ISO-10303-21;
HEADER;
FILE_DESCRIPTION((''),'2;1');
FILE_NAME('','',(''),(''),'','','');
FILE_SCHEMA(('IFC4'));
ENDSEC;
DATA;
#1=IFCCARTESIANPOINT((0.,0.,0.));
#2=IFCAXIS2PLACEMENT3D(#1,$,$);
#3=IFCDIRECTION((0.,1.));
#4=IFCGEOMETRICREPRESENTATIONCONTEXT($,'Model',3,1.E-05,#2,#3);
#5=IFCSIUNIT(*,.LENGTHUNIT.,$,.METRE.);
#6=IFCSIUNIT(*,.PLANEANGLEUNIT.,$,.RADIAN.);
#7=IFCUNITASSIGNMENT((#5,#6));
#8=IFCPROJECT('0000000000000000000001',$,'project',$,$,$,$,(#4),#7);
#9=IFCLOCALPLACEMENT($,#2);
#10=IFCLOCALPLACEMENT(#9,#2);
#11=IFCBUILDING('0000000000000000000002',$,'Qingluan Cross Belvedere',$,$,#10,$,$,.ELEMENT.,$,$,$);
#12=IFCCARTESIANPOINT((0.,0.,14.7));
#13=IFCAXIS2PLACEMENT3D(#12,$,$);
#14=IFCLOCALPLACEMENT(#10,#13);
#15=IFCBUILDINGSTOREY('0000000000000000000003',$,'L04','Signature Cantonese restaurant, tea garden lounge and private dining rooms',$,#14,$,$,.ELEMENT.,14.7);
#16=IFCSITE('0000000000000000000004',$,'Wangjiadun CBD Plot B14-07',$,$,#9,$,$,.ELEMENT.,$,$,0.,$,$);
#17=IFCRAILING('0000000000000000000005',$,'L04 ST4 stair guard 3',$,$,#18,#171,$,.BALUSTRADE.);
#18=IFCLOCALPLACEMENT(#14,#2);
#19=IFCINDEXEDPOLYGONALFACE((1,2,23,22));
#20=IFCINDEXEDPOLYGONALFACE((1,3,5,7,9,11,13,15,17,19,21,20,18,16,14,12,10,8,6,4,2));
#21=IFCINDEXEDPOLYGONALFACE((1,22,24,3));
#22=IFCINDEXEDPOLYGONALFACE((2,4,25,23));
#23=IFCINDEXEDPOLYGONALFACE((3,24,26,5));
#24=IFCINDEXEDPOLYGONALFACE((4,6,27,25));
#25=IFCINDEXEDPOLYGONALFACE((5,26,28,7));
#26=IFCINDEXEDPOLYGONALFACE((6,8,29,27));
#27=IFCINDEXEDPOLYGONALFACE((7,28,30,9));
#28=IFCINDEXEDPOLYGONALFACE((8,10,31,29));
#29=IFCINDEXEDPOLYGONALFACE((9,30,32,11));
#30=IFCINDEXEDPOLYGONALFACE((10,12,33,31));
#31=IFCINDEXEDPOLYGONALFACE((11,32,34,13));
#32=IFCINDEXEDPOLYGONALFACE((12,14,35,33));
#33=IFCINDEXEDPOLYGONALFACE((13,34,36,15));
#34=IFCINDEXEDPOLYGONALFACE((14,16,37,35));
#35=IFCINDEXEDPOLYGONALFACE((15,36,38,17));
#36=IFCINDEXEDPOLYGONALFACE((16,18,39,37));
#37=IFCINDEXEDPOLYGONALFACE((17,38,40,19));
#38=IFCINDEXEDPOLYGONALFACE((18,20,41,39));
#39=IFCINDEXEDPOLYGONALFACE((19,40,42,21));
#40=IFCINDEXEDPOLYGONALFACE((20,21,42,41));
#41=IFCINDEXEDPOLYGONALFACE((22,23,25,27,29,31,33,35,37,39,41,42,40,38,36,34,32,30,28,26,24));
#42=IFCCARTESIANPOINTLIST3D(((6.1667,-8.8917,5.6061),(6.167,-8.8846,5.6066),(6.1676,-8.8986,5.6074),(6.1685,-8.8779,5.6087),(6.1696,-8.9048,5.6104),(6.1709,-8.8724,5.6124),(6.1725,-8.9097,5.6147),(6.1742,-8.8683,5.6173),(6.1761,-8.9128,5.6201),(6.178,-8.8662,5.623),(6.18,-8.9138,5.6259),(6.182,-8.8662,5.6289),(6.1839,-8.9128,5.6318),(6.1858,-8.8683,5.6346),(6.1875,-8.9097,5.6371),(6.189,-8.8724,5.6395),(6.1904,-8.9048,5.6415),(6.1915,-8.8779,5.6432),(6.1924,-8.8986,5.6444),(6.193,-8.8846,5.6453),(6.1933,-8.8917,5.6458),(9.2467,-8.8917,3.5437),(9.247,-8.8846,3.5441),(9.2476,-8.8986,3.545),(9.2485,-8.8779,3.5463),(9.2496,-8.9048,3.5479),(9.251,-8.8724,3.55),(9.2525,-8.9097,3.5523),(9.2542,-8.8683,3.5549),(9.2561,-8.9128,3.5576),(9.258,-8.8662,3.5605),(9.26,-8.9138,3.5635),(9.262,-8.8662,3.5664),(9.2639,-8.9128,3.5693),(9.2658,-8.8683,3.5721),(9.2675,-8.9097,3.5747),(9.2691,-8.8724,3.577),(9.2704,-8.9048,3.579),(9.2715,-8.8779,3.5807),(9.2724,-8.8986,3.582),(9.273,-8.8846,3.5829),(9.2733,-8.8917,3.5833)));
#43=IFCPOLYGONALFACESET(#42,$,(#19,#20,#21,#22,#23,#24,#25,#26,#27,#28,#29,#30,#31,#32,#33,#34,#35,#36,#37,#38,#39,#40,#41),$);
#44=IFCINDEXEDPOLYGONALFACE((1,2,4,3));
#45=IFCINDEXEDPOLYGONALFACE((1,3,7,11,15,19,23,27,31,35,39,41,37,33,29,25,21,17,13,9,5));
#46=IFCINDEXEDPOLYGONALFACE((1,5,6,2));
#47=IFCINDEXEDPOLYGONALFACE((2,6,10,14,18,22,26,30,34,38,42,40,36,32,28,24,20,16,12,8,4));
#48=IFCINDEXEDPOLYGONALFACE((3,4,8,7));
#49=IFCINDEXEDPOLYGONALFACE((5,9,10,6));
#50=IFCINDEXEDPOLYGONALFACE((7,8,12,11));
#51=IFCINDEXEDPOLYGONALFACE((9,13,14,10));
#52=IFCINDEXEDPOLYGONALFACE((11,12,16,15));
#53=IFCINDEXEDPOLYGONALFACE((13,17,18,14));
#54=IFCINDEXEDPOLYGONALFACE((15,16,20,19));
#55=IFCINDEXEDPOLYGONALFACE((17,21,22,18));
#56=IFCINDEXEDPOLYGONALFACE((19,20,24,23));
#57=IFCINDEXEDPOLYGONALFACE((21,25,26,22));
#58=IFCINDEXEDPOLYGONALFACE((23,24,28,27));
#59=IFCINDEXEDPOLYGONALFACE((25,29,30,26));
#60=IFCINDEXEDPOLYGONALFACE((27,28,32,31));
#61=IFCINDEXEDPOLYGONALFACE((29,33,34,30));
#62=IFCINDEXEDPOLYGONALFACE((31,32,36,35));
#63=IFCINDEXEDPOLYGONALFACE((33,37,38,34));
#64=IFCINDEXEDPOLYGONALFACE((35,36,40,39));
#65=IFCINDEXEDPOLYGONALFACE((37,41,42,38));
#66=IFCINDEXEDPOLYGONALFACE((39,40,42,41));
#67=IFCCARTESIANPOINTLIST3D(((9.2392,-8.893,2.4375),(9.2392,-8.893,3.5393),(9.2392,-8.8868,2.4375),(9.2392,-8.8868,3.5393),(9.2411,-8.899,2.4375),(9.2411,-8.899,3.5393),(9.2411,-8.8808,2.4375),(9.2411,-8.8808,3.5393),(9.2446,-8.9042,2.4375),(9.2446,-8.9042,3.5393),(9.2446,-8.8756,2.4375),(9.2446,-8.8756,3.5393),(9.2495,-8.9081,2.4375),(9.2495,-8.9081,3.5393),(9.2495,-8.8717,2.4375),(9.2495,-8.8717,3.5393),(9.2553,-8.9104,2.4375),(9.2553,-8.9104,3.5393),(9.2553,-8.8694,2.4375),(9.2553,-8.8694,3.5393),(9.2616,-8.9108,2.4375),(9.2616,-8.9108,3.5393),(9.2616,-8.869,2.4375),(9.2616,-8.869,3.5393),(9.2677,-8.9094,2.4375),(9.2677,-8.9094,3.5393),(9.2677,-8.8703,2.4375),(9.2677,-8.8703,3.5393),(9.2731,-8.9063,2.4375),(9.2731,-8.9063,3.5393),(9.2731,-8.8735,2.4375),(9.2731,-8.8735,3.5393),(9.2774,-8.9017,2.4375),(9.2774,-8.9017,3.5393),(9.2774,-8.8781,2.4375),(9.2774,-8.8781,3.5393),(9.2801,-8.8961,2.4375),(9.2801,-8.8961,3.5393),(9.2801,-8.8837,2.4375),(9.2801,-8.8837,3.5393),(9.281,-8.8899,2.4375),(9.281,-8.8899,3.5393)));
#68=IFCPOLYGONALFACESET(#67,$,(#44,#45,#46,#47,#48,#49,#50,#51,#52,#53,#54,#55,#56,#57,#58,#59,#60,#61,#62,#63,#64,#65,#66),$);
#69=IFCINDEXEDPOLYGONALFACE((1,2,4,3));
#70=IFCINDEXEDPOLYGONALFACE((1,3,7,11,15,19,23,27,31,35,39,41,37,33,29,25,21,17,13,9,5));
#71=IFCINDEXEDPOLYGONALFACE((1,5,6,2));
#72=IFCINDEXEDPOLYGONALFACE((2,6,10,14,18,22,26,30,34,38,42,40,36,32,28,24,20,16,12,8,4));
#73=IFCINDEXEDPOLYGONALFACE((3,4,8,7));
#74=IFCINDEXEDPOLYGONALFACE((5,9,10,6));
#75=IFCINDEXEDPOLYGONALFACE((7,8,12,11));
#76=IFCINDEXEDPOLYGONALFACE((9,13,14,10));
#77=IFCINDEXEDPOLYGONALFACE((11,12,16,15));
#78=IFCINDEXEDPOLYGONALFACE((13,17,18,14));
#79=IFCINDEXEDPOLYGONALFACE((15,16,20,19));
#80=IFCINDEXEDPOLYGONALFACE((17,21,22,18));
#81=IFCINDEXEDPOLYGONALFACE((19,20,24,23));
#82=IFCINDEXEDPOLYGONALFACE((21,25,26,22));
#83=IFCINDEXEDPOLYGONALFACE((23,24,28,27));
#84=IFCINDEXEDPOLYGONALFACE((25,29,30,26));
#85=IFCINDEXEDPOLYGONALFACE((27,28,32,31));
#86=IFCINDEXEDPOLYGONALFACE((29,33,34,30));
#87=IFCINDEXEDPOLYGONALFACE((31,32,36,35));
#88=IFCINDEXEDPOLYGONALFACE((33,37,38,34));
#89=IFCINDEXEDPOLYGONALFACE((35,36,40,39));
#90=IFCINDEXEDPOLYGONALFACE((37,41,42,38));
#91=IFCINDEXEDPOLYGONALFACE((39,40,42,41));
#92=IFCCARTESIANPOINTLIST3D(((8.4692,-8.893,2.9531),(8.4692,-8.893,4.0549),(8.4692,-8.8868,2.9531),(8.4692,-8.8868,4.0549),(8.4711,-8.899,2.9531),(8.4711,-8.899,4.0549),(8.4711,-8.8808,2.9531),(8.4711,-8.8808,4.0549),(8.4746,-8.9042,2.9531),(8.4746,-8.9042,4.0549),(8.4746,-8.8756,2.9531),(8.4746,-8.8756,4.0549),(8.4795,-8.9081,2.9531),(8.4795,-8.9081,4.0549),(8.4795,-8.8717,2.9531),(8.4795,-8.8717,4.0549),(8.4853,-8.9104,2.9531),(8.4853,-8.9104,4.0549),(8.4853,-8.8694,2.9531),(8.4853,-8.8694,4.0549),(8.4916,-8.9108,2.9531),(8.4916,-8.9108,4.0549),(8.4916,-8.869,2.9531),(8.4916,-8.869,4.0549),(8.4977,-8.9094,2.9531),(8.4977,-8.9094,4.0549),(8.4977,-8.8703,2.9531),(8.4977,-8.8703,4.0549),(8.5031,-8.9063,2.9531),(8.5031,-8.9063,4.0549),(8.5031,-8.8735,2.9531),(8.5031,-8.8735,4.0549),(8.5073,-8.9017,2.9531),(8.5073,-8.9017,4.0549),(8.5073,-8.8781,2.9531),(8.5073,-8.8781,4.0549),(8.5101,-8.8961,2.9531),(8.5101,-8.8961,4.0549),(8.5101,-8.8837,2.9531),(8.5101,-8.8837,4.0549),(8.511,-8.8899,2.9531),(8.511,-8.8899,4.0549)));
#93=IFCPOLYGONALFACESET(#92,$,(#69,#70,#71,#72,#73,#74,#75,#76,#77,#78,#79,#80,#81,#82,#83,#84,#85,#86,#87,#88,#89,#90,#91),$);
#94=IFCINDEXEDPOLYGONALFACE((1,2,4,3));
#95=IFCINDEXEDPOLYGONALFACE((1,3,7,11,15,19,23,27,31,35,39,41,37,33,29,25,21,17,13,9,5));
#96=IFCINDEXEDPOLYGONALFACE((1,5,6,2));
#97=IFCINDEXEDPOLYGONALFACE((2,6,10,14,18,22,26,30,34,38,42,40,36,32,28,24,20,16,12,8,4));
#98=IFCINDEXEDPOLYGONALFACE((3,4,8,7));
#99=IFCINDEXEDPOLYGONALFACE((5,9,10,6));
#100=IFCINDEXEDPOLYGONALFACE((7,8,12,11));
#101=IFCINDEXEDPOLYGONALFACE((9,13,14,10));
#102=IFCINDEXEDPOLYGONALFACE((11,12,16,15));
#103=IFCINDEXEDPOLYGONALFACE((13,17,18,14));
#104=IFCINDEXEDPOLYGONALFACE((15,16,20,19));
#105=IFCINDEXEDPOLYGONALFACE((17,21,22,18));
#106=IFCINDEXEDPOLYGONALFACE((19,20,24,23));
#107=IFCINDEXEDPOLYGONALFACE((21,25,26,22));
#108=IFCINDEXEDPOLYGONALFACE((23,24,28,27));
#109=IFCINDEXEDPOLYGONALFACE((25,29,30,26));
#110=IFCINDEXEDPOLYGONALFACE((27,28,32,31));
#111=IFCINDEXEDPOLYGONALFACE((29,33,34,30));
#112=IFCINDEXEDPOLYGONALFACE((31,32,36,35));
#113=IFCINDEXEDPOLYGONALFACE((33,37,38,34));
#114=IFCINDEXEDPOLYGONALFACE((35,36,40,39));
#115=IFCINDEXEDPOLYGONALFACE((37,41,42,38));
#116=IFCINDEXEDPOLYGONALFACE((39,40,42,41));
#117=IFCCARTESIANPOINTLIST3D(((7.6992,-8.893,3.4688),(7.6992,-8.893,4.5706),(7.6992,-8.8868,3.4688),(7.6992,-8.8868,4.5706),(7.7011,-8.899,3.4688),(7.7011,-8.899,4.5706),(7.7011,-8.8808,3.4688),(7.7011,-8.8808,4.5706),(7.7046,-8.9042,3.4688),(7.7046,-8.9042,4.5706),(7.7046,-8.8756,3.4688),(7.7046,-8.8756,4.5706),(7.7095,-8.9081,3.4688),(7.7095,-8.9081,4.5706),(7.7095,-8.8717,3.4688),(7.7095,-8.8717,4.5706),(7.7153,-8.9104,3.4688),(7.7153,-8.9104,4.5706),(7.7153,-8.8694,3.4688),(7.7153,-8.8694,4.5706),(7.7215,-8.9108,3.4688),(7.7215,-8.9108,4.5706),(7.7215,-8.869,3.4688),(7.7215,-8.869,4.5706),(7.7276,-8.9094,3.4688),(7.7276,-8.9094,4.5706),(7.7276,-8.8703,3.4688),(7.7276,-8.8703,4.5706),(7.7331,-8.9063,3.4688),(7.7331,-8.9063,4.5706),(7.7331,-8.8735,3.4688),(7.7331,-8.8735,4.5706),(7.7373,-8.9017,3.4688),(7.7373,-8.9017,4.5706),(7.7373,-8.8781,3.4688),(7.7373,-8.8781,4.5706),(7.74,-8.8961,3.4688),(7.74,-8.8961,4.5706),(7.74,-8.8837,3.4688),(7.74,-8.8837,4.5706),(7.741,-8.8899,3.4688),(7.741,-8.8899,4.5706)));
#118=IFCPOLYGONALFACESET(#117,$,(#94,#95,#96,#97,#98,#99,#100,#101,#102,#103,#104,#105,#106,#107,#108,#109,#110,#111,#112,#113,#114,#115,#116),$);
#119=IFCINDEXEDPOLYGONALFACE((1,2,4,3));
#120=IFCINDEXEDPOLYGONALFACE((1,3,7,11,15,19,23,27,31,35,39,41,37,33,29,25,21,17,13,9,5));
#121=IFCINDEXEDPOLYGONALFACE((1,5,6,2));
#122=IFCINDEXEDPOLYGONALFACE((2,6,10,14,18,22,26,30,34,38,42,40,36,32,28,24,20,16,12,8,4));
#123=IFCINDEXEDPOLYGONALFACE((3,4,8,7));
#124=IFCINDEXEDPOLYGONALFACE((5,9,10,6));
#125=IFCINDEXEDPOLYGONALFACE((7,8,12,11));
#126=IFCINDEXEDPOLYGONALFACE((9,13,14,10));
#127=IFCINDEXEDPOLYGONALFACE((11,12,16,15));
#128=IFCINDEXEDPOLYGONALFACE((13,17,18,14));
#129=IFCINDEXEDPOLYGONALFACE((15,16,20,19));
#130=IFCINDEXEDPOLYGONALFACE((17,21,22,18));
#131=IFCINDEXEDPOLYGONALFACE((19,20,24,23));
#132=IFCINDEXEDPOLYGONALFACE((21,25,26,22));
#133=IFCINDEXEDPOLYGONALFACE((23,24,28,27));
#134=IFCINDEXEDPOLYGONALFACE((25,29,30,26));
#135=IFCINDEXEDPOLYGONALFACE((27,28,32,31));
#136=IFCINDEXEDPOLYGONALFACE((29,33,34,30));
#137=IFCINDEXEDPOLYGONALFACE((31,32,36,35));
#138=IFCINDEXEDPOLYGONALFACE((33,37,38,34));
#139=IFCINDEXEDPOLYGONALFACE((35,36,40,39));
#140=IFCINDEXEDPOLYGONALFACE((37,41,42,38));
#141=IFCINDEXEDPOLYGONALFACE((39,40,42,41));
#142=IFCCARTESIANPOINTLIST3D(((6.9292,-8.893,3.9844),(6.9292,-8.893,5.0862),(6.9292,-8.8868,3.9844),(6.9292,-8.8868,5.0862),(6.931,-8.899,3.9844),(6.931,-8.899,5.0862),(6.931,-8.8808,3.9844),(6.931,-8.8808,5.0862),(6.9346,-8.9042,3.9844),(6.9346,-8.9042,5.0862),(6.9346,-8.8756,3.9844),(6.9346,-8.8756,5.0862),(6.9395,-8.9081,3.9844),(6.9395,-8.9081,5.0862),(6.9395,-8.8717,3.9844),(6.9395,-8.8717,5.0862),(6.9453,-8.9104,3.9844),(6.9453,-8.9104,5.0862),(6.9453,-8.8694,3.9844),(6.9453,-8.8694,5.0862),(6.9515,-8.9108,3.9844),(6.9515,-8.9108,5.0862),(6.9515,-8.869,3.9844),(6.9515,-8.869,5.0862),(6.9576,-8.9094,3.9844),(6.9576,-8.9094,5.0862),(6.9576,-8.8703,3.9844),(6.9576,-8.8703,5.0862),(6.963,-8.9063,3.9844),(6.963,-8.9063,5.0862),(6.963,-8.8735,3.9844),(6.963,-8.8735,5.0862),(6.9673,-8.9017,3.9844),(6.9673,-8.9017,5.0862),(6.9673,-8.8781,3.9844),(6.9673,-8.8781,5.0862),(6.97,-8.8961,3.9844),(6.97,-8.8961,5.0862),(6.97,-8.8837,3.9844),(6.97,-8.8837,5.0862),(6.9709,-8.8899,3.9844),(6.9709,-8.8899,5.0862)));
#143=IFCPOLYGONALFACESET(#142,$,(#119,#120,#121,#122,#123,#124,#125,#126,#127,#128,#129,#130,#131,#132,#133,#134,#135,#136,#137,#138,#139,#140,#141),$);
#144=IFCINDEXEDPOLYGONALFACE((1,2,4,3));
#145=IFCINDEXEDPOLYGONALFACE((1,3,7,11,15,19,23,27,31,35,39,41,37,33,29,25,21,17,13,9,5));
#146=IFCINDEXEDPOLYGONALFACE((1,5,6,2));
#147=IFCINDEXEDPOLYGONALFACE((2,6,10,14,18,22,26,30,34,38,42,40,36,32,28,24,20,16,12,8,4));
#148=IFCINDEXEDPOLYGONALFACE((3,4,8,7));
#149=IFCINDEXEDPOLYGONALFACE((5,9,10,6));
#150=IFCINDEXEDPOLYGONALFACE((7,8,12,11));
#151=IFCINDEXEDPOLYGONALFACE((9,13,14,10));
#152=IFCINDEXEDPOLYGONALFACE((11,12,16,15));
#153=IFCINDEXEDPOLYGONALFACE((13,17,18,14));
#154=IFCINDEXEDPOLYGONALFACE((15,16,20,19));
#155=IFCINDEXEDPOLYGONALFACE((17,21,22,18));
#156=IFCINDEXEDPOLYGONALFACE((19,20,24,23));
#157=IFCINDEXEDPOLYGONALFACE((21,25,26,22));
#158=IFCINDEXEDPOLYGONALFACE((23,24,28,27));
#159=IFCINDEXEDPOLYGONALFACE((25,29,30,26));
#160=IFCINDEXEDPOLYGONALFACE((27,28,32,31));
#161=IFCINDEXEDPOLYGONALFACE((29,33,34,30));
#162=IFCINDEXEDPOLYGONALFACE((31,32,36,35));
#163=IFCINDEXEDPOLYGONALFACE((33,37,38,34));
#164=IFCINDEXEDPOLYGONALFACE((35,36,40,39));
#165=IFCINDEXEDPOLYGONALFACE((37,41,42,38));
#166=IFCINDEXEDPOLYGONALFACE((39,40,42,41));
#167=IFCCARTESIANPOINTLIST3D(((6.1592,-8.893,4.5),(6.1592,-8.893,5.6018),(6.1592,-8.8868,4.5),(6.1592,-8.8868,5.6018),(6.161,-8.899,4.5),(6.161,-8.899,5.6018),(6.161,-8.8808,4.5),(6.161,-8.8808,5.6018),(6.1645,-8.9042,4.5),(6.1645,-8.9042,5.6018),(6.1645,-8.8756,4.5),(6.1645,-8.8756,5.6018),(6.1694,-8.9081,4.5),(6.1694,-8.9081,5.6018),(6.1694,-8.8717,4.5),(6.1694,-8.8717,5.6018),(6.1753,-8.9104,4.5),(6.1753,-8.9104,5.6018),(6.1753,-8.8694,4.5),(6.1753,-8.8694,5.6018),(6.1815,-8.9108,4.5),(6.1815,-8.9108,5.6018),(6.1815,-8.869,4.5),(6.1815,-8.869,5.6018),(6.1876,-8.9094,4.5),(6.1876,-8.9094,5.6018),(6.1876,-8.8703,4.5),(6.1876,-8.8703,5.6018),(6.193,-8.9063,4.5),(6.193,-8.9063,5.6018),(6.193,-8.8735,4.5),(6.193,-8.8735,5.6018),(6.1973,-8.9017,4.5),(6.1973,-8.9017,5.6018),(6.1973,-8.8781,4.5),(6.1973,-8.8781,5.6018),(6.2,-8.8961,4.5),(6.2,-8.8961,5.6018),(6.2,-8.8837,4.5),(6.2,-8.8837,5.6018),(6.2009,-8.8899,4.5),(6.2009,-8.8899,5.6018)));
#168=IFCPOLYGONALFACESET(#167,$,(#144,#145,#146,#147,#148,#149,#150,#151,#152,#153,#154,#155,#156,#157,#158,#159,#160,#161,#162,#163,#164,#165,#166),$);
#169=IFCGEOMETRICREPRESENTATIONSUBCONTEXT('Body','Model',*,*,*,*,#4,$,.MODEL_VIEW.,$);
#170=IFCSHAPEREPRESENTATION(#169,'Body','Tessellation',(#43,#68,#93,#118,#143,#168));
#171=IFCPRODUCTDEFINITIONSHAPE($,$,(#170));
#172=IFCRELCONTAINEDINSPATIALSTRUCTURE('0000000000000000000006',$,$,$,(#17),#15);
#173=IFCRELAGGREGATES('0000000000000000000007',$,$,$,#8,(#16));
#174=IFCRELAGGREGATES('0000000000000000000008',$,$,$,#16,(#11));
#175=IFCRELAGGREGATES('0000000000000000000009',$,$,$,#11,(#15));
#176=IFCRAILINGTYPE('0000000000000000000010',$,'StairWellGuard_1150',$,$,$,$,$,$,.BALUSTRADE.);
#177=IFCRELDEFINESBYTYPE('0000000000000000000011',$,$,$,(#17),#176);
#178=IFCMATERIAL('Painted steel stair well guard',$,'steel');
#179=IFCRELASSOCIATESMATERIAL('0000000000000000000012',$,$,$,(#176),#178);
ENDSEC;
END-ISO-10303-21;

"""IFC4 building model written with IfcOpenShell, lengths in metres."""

from ifc_helpers import new_model, si_unit, direction, frame, origin, origin_2d, place, context, subcontext, project, spatial, circle, extrude, material, type_object, element, save


model = new_model("IFC4")

# Units and contexts
model_context = context("Model", 3, precision=1e-05, world=origin(), true_north=direction((0.0, 1.0)))
body_context = subcontext(model_context, "Body", "Model", "MODEL_VIEW")
ifc_project = project(units=[si_unit("LENGTHUNIT", "METRE"), si_unit("PLANEANGLEUNIT", "RADIAN")], contexts=[model_context])

# Site, building, storey
site_placement = place(None, origin())
site = spatial("IfcSite", under=ifc_project, at=site_placement, Name="Wangjiadun CBD Plot B14-07", CompositionType="ELEMENT", RefElevation=0.0)
building_placement = place(site_placement, origin())
building = spatial("IfcBuilding", under=site, at=building_placement, Name="Qingluan Cross Belvedere", CompositionType="ELEMENT")
storey_placement = place(building_placement, frame((0.0, 0.0, 14.7)))
storey = spatial("IfcBuildingStorey", under=building, at=storey_placement, Name="L04", Description="Signature Cantonese restaurant, tea garden lounge and private dining rooms", CompositionType="ELEMENT", Elevation=14.7)

# Railing
ifc_material_1 = material(Name="Painted steel stair well guard", Category="steel")
railing_type_1 = type_object("IfcRailingType", Name="StairWellGuard_1150", PredefinedType="BALUSTRADE", material=ifc_material_1)
railing_1_placement = place(storey_placement, frame((9.26, -8.8899, 2.4375)))
element("IfcRailing", 1, at=railing_1_placement, inside=storey, type_object=railing_type_1, Name="L04 ST4 stair guard 3", PredefinedType="BALUSTRADE", context=body_context, shape_type="SweptSolid", body=[
    extrude(circle(Radius=0.0239, at=origin_2d()), frame((0.0, 0.0, 1.126), z_axis=(-0.830914, 0.0, 0.556401), x_axis=(0.0, -1.0, 0.0)), (0.0, 0.0, 1.0), 3.7068),
    extrude(circle(Radius=0.021, at=origin_2d()), origin(), (0.0, 0.0, 1.0), 1.1018),
    extrude(circle(Radius=0.021, at=origin_2d()), frame((-0.77, 0.0, 0.5156)), (0.0, 0.0, 1.0), 1.1018),
    extrude(circle(Radius=0.021, at=origin_2d()), frame((-1.54, 0.0, 1.0312)), (0.0, 0.0, 1.0), 1.1018),
    extrude(circle(Radius=0.021, at=origin_2d()), frame((-2.3101, 0.0, 1.5469)), (0.0, 0.0, 1.0), 1.1018),
    extrude(circle(Radius=0.021, at=origin_2d()), frame((-3.0801, 0.0, 2.0625)), (0.0, 0.0, 1.0), 1.1018),
])

save(model, "model.ifc")
